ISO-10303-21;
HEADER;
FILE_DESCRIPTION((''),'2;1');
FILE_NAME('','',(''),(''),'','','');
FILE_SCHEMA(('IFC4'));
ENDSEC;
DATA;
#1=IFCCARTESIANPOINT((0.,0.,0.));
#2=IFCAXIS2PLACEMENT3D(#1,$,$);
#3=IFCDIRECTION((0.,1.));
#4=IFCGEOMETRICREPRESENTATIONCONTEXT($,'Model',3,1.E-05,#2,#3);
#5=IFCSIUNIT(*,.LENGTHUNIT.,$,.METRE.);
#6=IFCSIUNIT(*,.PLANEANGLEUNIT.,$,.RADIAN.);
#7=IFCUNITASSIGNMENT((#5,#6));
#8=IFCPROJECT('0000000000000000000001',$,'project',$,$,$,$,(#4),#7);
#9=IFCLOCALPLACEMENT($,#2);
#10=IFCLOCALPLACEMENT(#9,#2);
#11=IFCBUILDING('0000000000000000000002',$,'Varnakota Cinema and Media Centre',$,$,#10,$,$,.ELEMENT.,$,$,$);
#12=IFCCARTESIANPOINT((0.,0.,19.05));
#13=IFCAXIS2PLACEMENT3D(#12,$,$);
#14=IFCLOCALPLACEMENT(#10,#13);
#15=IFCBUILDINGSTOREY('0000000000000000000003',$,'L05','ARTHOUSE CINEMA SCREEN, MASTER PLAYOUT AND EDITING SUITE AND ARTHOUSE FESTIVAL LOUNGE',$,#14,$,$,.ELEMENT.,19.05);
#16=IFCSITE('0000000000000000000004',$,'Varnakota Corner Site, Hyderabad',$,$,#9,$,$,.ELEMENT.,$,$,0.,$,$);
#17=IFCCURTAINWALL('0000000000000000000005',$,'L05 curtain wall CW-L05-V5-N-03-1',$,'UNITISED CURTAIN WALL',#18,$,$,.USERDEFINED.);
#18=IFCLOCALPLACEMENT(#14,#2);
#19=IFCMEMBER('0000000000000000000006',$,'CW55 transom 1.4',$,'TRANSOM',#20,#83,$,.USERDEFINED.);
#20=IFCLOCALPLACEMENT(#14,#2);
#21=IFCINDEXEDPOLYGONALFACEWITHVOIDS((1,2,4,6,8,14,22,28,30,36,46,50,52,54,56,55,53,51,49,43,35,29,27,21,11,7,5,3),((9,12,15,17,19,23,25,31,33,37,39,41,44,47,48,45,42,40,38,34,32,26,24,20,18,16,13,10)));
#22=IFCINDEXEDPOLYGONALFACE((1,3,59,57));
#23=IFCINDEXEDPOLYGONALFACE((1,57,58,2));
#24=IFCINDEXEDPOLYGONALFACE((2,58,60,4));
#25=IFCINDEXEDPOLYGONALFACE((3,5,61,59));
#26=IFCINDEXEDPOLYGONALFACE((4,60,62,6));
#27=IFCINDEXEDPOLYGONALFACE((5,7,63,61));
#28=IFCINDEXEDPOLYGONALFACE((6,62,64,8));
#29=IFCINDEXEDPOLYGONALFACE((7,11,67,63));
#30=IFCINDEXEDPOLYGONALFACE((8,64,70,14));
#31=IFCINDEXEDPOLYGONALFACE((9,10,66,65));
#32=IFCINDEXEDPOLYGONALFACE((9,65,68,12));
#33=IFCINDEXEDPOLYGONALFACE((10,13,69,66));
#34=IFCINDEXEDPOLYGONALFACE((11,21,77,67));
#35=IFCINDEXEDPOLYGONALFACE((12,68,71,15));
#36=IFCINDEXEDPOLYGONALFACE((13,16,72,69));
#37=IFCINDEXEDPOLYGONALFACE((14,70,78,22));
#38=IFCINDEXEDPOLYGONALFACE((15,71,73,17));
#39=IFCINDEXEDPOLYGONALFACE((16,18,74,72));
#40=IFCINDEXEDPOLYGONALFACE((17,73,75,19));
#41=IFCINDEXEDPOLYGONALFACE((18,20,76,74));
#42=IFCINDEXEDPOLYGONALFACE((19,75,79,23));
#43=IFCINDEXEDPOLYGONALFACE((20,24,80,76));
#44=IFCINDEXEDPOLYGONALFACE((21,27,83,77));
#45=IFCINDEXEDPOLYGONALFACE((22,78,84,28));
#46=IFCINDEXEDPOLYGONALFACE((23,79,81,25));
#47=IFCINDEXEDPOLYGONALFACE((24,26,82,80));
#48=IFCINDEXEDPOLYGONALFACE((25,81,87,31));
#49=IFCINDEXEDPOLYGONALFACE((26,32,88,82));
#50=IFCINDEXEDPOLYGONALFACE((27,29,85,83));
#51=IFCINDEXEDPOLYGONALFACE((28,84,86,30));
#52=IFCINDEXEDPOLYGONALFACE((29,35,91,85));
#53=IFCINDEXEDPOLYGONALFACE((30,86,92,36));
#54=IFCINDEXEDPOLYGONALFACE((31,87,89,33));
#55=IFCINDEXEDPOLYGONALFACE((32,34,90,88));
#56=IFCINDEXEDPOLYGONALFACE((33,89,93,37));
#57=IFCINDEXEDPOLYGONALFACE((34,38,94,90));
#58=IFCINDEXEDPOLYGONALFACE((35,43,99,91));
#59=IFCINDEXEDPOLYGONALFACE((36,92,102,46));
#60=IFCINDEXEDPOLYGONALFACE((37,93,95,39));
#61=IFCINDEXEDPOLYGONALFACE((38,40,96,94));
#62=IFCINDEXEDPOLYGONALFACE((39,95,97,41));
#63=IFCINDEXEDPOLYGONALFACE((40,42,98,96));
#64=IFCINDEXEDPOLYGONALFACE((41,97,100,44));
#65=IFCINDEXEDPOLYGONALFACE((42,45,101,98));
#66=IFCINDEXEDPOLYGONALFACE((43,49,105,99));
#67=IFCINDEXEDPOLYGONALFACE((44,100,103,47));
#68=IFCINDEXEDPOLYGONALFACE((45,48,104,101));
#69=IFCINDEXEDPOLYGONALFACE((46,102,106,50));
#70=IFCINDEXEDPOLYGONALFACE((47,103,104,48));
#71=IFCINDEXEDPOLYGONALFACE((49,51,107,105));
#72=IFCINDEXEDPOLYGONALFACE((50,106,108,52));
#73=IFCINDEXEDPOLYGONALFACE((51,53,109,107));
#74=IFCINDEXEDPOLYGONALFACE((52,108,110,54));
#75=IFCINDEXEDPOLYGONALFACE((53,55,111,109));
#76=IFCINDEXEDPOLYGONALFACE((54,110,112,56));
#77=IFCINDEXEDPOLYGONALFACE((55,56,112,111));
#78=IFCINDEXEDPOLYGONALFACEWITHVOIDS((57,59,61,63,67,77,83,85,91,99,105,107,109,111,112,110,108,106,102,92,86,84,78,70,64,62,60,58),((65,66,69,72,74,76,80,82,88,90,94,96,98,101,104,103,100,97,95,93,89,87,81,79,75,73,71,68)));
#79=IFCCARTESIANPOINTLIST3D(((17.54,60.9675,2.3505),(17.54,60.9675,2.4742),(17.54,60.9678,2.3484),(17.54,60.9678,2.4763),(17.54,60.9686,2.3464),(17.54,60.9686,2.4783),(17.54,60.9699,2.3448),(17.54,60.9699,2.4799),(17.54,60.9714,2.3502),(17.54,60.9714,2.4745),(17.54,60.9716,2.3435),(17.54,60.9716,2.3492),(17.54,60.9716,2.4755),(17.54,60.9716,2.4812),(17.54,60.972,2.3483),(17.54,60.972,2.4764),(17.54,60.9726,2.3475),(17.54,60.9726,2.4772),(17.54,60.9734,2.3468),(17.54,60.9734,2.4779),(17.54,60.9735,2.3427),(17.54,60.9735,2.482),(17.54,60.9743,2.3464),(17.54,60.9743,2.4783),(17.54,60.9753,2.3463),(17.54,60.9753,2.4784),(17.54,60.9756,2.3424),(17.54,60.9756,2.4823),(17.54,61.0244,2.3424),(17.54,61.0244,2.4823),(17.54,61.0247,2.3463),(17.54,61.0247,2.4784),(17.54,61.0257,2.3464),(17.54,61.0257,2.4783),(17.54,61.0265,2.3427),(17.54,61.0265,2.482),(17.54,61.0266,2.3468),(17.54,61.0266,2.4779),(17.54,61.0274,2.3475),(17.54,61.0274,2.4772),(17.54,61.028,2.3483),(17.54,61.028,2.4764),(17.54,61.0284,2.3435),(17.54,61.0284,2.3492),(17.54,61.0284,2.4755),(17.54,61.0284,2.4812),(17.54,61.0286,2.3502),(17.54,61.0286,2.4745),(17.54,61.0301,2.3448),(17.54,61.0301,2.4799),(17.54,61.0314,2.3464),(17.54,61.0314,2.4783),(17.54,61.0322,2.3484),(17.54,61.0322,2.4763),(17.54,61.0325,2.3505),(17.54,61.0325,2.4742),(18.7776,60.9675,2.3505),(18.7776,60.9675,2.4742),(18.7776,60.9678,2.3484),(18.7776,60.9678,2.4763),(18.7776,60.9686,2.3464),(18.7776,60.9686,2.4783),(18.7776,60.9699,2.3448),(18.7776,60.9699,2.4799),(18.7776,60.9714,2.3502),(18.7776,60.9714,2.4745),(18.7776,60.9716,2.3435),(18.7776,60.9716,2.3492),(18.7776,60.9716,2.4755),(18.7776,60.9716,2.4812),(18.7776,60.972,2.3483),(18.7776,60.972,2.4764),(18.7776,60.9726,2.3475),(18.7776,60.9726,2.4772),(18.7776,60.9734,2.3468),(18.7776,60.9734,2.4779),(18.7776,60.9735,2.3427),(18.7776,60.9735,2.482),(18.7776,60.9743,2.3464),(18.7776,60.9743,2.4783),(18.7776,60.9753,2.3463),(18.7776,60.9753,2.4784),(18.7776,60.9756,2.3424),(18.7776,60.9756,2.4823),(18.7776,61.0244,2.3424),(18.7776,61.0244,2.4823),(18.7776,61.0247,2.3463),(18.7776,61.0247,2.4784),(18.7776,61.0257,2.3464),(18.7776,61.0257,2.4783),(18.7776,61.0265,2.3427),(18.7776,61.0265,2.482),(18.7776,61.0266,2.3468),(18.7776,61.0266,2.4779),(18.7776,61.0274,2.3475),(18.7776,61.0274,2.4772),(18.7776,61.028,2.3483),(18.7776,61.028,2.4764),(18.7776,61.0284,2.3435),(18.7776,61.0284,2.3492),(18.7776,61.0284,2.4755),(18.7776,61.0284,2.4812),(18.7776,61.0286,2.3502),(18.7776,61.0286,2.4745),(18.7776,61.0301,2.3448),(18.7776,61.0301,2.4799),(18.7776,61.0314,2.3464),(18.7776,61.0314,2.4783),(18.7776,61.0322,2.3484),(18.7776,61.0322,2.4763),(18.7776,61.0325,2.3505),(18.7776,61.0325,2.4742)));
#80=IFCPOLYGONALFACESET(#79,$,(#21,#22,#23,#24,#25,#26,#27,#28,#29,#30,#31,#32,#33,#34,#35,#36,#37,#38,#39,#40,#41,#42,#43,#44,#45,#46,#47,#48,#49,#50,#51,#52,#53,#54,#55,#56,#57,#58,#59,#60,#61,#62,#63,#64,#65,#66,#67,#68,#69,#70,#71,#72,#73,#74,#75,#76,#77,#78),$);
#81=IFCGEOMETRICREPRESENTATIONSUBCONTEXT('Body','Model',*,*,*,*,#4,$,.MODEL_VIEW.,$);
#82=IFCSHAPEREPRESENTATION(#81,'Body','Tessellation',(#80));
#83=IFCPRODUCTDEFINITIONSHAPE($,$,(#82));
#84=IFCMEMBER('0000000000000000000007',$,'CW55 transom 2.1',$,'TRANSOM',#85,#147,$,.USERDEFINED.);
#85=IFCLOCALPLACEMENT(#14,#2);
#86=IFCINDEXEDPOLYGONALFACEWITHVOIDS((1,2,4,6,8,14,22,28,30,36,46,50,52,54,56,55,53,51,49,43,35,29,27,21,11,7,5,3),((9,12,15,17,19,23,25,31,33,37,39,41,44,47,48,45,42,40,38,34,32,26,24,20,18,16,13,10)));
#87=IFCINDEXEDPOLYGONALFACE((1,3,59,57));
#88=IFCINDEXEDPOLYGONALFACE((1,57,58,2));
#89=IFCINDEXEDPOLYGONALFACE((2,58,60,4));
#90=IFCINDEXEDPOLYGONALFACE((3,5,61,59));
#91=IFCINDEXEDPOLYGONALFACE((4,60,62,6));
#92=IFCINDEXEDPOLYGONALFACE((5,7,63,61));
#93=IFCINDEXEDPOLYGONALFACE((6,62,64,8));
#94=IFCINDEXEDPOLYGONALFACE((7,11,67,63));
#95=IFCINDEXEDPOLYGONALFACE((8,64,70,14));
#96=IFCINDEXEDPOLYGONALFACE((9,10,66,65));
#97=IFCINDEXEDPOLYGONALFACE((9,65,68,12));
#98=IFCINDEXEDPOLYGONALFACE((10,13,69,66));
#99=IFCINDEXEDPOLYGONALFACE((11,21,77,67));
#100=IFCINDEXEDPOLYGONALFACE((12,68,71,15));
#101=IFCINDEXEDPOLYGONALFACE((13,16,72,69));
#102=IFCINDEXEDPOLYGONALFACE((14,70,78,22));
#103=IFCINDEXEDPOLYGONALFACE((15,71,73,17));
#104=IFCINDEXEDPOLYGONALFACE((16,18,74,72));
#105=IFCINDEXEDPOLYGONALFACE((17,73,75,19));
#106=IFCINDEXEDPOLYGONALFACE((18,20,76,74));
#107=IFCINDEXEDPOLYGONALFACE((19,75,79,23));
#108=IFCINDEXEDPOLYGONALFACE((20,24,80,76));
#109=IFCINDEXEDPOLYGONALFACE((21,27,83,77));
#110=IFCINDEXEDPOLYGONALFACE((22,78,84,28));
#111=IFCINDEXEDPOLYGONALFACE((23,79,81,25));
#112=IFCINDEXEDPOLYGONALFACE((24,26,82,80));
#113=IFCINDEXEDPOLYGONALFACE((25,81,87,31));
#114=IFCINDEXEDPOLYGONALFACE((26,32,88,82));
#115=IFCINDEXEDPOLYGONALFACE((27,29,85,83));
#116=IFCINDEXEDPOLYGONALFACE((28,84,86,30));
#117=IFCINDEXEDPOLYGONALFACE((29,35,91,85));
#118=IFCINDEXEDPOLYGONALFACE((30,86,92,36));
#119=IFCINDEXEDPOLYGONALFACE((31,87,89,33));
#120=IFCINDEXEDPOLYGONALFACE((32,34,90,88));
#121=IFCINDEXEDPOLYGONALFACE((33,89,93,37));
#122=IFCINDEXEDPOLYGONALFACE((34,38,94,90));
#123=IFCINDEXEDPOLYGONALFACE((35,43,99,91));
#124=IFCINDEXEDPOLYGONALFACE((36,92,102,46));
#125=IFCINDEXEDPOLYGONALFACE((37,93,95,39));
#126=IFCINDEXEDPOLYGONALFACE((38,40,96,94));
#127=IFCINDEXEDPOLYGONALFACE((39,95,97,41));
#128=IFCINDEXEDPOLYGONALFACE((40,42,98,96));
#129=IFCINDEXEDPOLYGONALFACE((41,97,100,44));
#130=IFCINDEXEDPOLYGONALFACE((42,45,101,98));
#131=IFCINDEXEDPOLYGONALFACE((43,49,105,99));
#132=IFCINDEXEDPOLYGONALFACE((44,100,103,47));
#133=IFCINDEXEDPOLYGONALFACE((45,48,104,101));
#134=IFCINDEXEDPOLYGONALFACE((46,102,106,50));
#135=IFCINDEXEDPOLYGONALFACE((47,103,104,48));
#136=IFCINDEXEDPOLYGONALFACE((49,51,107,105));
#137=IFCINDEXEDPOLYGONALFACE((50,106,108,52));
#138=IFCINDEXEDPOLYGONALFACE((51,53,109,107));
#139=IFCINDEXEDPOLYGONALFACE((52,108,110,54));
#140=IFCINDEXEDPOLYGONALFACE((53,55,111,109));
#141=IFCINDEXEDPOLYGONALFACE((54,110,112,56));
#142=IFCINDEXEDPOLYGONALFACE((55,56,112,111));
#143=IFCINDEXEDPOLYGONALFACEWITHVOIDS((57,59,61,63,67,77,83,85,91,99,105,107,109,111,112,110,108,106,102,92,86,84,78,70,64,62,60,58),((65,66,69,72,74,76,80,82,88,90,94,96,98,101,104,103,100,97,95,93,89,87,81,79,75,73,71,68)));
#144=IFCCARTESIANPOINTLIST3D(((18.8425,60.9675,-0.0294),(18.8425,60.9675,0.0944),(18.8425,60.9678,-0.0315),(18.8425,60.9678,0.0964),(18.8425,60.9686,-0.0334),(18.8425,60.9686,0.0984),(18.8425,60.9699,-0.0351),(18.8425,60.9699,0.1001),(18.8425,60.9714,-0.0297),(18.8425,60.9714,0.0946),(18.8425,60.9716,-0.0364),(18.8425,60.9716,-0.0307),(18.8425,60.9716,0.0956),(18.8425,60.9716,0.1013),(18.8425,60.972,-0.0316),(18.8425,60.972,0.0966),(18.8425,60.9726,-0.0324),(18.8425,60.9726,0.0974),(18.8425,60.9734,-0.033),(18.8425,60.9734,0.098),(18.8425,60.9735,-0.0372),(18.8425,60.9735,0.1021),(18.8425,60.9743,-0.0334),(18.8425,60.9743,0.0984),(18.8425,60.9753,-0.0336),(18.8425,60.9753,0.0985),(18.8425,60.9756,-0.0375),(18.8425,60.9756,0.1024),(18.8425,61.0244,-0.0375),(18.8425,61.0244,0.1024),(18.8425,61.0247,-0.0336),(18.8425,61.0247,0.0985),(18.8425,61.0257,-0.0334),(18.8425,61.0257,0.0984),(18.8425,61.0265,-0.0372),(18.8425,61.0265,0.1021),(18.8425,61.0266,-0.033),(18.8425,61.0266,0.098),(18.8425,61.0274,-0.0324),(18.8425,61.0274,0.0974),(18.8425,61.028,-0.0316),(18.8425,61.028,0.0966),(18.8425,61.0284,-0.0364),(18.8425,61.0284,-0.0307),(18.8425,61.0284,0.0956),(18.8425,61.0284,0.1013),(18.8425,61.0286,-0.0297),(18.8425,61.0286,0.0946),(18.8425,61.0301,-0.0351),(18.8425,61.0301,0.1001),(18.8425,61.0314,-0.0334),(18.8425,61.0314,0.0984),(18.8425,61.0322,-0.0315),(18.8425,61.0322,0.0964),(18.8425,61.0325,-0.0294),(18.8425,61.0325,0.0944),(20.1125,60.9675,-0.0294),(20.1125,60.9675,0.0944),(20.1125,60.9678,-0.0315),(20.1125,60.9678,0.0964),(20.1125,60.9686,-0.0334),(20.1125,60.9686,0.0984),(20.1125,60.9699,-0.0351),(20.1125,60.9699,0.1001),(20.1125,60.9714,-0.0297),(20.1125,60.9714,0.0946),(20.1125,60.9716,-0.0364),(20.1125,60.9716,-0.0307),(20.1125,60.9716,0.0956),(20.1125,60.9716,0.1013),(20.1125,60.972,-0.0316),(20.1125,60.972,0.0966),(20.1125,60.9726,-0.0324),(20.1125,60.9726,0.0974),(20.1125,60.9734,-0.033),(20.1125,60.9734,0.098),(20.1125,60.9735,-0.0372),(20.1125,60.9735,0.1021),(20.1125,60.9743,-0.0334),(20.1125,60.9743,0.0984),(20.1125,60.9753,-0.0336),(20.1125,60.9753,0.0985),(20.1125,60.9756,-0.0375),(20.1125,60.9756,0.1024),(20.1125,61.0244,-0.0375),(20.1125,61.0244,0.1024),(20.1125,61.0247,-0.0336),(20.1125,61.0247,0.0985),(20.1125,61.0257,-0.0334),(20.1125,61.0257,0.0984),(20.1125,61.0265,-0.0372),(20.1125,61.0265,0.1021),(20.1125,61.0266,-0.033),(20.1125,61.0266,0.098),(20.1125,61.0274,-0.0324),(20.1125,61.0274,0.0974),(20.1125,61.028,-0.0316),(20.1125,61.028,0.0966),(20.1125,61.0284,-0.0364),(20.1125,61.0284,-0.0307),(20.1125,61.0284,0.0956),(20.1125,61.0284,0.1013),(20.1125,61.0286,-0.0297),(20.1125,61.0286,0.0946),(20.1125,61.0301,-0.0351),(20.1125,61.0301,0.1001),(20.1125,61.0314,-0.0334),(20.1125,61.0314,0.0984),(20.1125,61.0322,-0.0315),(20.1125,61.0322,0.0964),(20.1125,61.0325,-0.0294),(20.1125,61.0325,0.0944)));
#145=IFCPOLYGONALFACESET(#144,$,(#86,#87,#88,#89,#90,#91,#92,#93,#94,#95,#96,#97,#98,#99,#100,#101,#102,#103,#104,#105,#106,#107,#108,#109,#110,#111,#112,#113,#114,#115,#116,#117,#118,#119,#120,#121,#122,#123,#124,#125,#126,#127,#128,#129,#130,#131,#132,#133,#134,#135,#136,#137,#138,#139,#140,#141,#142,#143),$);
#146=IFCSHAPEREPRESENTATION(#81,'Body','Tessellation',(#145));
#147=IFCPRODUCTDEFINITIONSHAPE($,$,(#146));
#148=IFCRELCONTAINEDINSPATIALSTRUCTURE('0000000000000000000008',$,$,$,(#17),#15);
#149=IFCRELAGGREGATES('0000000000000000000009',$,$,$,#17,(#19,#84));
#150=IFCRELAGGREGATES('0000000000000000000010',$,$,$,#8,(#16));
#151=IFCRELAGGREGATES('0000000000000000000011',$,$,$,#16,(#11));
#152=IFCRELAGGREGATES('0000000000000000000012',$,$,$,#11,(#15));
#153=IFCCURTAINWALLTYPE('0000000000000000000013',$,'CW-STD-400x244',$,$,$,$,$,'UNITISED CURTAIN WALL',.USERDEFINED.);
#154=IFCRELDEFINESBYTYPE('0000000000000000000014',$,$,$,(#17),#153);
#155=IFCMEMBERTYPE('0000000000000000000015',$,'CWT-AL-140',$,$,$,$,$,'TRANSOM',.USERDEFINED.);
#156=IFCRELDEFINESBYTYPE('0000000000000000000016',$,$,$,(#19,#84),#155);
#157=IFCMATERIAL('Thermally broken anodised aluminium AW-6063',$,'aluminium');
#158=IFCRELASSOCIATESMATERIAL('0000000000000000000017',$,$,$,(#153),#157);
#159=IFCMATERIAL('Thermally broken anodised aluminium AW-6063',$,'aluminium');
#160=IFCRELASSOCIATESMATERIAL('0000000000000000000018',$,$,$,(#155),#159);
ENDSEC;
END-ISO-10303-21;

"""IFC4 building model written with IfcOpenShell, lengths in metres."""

from ifc_helpers import new_model, si_unit, direction, frame, origin, origin_2d, place, context, subcontext, project, spatial, hollow_rectangle, extrude, material, material_profile, profile_set, type_object, element, aggregate, save


model = new_model("IFC4")

# Units and contexts
model_context = context("Model", 3, precision=1e-05, world=origin(), true_north=direction((0.0, 1.0)))
body_context = subcontext(model_context, "Body", "Model", "MODEL_VIEW")
ifc_project = project(units=[si_unit("LENGTHUNIT", "METRE"), si_unit("PLANEANGLEUNIT", "RADIAN")], contexts=[model_context])

# Site, building, storey
site_placement = place(None, origin())
site = spatial("IfcSite", under=ifc_project, at=site_placement, Name="Varnakota Corner Site, Hyderabad", CompositionType="ELEMENT", RefElevation=0.0)
building_placement = place(site_placement, origin())
building = spatial("IfcBuilding", under=site, at=building_placement, Name="Varnakota Cinema and Media Centre", CompositionType="ELEMENT")
storey_placement = place(building_placement, frame((0.0, 0.0, 19.05)))
storey = spatial("IfcBuildingStorey", under=building, at=storey_placement, Name="L05", Description="ARTHOUSE CINEMA SCREEN, MASTER PLAYOUT AND EDITING SUITE AND ARTHOUSE FESTIVAL LOUNGE", CompositionType="ELEMENT", Elevation=19.05)

# Curtain wall, members
ifc_material_1 = material(Name="Thermally broken anodised aluminium AW-6063", Category="aluminium")
curtain_wall_type = type_object("IfcCurtainWallType", Name="CW-STD-400x244", ElementType="UNITISED CURTAIN WALL", PredefinedType="USERDEFINED", material=ifc_material_1)
curtain_wall_placement = place(storey_placement, origin())
curtain_wall = element("IfcCurtainWall", 1, at=curtain_wall_placement, inside=storey, type_object=curtain_wall_type, Name="L05 curtain wall CW-L05-V5-N-03-1", ObjectType="UNITISED CURTAIN WALL", PredefinedType="USERDEFINED")
ifc_material_2 = material(Name="Thermally broken anodised aluminium AW-6063", Category="aluminium")
ifc_material_profile_1 = material_profile(ifc_material_2, hollow_rectangle(XDim=0.0649, YDim=0.1399, WallThickness=0.0039, InnerFilletRadius=0.0039, OuterFilletRadius=0.0081, at=origin_2d()), Name="AL-TRANSOM 140x65x4")
ifc_profile_set_1 = profile_set([ifc_material_profile_1], Name="Thermally broken anodised aluminium AW-6063")
member_type_1 = type_object("IfcMemberType", Name="CWT-AL-140", ElementType="TRANSOM", PredefinedType="USERDEFINED", material=ifc_profile_set_1)
member_1_placement = place(storey_placement, frame((17.54, 61.0, 2.4124), z_axis=(1.0, 0.0, 0.0), x_axis=(0.0, 1.0, 0.0)))
member_1 = element("IfcMember", 2, at=member_1_placement, type_object=member_type_1, Name="CW55 transom 1.4", ObjectType="TRANSOM", PredefinedType="USERDEFINED", context=body_context, shape_type="SweptSolid", body=[
    extrude(hollow_rectangle(XDim=0.0649, YDim=0.1399, WallThickness=0.0039, InnerFilletRadius=0.0039, OuterFilletRadius=0.0081, at=origin_2d()), origin(), (0.0, 0.0, 1.0), 1.2375),
])
member_2_placement = place(storey_placement, frame((18.8425, 61.0, 0.0325), z_axis=(1.0, 0.0, 0.0), x_axis=(0.0, 1.0, 0.0)))
member_2 = element("IfcMember", 3, at=member_2_placement, type_object=member_type_1, Name="CW55 transom 2.1", ObjectType="TRANSOM", PredefinedType="USERDEFINED", context=body_context, shape_type="SweptSolid", body=[
    extrude(hollow_rectangle(XDim=0.0649, YDim=0.1399, WallThickness=0.0039, InnerFilletRadius=0.0039, OuterFilletRadius=0.0081, at=origin_2d()), origin(), (0.0, 0.0, 1.0), 1.27),
])
aggregate(curtain_wall, [member_1, member_2])

save(model, "model.ifc")
